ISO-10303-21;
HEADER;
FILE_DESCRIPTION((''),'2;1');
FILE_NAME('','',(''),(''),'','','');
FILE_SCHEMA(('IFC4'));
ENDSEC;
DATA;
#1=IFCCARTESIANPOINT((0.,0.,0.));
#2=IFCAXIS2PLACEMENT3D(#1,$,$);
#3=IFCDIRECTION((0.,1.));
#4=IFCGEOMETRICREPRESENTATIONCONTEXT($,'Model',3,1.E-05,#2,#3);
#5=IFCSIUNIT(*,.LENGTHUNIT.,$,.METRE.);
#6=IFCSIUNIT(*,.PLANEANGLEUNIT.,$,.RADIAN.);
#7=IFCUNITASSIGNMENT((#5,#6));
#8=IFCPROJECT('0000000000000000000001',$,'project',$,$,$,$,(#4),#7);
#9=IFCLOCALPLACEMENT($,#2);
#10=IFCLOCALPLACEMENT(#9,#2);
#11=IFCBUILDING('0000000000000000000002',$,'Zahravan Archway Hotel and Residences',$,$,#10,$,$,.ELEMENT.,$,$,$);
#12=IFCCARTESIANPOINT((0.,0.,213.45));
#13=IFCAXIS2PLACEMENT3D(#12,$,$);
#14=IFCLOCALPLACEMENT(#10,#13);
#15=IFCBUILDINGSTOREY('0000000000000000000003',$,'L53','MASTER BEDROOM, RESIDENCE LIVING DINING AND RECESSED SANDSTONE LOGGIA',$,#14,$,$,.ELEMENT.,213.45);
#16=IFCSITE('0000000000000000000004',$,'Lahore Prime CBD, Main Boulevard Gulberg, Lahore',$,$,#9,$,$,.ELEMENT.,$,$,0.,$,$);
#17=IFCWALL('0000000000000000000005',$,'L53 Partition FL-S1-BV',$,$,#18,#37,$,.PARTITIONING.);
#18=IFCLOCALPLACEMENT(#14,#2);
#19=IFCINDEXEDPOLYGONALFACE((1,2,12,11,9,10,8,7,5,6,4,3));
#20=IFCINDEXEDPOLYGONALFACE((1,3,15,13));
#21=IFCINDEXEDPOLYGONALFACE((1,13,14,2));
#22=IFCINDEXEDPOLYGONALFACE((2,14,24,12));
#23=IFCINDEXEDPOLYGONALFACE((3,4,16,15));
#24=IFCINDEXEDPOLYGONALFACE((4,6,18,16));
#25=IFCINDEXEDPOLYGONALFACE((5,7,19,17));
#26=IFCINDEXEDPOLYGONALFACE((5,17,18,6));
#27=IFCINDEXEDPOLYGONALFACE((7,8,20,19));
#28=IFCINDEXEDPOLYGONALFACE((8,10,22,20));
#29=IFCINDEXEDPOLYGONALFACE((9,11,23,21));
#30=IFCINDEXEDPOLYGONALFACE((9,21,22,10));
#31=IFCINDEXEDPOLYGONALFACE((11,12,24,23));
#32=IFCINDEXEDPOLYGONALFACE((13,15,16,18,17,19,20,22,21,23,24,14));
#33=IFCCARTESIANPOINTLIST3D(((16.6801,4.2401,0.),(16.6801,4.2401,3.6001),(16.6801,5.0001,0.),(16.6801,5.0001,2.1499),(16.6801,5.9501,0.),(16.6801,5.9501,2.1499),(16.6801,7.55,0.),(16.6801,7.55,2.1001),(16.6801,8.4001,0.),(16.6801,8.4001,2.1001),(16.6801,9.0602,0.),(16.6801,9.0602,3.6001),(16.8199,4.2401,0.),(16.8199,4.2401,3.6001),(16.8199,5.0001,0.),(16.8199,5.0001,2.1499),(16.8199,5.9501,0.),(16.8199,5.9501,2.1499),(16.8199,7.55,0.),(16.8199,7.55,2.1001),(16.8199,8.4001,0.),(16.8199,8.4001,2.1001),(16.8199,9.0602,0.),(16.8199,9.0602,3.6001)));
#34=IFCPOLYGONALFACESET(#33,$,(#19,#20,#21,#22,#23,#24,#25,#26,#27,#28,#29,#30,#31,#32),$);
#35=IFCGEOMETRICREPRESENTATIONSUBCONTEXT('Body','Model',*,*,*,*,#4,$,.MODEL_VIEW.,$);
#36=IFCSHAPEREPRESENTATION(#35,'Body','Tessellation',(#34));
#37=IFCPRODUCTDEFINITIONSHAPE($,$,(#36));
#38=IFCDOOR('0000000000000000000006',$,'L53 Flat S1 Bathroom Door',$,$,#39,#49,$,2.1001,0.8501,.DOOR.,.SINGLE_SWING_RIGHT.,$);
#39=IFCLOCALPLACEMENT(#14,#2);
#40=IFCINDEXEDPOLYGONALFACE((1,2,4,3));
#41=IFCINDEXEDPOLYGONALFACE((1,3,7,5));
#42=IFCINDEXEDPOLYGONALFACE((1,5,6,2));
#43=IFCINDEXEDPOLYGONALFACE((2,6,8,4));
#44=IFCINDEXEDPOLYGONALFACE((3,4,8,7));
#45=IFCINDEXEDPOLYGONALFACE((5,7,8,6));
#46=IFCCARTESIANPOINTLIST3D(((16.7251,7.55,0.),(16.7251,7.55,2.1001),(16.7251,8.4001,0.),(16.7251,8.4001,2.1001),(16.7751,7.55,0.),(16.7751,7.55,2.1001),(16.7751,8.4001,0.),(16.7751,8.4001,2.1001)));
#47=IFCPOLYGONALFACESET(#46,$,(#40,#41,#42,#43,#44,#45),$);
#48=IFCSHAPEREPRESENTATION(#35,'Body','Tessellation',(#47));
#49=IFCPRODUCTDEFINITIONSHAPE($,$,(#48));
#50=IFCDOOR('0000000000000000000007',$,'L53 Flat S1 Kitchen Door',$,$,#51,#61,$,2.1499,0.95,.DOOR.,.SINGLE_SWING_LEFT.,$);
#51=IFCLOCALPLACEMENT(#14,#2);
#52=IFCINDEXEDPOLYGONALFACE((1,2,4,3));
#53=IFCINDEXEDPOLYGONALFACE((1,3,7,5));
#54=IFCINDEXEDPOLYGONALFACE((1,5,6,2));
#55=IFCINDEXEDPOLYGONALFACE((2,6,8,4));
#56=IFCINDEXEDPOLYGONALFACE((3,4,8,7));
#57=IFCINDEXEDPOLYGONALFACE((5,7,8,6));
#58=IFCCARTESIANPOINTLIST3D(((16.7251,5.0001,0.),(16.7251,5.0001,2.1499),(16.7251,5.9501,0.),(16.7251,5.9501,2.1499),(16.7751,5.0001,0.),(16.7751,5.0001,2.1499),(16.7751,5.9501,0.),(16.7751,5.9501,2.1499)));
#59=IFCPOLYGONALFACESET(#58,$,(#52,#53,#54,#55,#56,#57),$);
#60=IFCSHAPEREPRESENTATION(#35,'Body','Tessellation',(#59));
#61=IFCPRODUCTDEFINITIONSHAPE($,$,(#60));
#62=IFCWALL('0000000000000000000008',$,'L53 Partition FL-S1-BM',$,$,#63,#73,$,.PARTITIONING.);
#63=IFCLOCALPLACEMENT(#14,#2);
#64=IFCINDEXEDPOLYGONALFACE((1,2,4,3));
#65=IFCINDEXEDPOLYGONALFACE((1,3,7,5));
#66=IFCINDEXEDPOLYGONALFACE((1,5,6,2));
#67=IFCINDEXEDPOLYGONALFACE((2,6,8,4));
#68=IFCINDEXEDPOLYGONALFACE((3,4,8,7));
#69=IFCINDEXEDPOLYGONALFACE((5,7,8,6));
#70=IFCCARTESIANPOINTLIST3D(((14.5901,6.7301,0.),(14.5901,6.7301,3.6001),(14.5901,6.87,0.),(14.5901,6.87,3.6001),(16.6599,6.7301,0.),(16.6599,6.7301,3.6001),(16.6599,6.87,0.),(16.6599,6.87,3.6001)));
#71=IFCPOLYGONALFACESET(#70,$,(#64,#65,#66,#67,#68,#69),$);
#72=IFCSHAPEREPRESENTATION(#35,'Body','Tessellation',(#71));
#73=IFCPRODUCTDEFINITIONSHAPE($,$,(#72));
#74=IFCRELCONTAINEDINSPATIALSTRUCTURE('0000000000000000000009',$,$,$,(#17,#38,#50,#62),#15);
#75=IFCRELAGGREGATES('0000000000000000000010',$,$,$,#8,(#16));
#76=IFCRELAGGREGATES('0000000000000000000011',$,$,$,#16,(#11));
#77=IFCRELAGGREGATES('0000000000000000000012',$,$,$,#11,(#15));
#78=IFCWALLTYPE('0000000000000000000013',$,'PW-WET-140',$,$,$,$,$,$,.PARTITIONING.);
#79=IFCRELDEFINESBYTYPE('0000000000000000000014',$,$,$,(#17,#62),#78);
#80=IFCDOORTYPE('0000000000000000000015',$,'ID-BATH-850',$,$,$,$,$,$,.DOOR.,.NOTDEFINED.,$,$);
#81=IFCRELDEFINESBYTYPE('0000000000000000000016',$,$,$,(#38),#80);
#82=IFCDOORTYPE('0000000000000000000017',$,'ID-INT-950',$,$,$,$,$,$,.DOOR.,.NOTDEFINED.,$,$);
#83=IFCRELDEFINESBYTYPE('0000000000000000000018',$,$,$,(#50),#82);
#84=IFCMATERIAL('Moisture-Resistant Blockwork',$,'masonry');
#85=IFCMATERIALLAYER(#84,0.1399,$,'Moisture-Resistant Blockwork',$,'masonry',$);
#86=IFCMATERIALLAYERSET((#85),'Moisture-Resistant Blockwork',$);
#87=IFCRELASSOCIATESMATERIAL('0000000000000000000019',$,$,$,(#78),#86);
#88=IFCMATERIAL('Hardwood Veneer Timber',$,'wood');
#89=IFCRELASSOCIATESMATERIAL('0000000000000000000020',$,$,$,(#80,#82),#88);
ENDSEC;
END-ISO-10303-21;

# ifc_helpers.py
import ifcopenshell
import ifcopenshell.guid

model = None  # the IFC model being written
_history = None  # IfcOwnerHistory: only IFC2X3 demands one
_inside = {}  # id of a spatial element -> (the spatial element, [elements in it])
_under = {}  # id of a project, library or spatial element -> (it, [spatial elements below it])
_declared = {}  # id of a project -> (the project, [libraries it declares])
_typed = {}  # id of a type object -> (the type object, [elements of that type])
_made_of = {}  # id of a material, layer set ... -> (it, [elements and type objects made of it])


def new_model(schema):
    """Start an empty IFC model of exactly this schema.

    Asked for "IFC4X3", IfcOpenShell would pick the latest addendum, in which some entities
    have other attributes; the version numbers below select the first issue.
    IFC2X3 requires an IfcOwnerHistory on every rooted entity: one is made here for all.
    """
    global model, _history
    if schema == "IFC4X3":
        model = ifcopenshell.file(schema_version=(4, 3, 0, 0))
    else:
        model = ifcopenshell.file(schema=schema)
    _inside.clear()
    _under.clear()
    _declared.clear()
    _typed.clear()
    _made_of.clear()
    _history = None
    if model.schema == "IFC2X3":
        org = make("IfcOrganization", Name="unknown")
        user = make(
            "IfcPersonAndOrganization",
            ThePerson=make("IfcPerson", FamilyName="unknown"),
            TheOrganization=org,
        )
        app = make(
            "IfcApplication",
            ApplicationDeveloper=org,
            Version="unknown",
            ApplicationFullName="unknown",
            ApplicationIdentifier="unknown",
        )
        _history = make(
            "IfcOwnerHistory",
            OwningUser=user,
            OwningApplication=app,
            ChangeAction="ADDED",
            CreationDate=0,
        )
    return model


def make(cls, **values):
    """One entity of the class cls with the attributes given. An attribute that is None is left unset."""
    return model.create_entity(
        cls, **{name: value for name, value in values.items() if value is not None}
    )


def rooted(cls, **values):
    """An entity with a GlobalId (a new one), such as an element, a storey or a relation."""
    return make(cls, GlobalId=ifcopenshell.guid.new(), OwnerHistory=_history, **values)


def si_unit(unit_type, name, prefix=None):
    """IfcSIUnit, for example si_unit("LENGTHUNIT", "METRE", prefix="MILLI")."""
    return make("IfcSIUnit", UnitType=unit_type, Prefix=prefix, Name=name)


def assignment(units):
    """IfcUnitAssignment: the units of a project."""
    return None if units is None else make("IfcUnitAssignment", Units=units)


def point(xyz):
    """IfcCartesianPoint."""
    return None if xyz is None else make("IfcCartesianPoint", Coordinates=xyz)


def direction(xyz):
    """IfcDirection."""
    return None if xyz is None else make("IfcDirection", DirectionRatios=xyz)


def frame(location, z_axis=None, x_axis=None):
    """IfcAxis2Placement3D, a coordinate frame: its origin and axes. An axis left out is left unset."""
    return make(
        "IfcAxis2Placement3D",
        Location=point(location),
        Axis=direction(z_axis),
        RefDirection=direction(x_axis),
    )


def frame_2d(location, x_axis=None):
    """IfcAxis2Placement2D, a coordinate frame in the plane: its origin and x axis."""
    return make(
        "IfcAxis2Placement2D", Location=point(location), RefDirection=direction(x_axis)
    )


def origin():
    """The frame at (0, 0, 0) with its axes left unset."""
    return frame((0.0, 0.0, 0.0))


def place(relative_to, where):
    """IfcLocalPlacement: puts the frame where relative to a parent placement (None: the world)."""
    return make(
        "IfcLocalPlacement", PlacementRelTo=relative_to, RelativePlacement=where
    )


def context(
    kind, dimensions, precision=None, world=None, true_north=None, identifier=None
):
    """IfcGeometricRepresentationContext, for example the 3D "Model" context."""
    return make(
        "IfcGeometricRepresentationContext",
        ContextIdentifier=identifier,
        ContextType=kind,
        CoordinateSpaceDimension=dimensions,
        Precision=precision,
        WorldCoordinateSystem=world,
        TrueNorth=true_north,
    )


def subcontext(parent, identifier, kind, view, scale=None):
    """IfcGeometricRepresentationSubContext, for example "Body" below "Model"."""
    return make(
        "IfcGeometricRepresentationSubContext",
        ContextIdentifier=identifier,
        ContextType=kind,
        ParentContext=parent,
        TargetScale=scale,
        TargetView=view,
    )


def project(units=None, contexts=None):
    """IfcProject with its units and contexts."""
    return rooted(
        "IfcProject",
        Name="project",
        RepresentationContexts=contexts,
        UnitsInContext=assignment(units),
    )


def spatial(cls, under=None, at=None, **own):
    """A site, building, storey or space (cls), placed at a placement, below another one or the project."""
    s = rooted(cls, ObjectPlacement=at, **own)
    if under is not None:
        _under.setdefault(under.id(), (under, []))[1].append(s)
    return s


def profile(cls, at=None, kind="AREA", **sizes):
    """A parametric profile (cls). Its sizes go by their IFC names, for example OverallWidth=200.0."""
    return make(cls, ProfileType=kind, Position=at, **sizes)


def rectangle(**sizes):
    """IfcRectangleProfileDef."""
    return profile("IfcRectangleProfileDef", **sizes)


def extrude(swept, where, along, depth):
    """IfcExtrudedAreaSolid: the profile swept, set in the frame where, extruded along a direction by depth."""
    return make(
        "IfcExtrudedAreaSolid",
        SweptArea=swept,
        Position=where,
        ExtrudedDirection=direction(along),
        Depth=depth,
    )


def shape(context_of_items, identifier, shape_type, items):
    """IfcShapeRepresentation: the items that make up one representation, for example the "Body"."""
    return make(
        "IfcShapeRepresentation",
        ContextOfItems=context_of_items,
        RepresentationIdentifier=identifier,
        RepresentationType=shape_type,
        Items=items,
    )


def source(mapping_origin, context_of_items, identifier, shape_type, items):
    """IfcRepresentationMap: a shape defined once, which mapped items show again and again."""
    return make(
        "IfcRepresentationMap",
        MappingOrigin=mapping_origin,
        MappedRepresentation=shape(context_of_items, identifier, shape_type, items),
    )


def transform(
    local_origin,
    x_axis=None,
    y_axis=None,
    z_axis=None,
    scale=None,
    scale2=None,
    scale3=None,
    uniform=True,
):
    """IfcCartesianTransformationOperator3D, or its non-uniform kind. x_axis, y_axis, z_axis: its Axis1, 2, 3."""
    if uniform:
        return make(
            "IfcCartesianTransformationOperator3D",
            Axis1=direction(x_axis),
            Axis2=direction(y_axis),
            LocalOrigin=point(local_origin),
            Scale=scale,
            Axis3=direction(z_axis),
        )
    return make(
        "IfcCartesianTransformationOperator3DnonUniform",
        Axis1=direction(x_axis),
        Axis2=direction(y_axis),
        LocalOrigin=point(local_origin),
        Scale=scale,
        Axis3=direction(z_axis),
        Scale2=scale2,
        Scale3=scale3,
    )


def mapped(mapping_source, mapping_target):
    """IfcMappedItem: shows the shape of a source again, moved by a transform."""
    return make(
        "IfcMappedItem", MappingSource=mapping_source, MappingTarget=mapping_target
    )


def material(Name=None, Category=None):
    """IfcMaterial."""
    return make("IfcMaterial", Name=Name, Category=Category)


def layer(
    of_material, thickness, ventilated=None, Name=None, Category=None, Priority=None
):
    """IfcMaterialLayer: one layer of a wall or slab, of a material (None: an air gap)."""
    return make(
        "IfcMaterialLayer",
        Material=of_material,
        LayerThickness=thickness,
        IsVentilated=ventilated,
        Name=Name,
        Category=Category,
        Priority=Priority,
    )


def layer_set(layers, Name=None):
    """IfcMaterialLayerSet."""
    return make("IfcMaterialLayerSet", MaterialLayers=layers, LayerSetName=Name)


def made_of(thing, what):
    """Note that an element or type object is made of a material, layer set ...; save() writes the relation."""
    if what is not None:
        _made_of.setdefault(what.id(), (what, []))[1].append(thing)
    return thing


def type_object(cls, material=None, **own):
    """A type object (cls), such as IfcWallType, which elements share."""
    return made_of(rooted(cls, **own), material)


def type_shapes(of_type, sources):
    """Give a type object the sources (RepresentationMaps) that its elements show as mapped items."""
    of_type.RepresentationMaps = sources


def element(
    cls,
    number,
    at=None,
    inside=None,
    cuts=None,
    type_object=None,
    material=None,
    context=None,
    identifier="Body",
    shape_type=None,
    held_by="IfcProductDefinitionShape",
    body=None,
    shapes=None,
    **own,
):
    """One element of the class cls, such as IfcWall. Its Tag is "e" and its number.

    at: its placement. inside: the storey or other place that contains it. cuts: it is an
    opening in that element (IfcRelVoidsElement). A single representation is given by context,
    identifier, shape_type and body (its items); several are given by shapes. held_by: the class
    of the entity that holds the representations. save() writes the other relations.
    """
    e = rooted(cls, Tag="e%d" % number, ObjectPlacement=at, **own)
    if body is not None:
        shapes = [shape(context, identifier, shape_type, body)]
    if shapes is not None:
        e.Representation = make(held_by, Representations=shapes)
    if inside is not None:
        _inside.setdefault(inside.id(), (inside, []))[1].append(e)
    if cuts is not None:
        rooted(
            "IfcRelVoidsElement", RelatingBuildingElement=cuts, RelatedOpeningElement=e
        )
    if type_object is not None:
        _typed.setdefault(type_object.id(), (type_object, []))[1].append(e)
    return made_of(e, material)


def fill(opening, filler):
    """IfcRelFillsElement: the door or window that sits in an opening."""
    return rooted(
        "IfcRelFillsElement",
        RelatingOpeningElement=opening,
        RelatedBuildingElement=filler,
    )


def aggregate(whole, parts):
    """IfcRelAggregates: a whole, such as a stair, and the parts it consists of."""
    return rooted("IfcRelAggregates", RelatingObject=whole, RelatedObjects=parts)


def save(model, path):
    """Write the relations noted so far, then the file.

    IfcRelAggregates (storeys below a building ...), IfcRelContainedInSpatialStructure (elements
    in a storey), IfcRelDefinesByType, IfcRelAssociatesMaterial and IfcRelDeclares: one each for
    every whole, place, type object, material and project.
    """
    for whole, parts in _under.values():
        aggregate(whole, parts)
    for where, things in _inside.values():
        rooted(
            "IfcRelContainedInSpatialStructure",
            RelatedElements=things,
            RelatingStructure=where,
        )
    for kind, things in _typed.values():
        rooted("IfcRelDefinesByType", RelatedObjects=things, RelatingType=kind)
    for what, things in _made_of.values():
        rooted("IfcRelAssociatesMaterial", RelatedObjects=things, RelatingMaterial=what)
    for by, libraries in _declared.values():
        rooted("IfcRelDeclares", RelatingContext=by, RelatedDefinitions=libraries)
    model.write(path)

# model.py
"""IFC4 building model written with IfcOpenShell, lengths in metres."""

from ifc_helpers import new_model, si_unit, direction, frame, frame_2d, origin, place, context, subcontext, project, spatial, rectangle, extrude, source, transform, mapped, material, layer, layer_set, type_object, type_shapes, element, fill, save


model = new_model("IFC4")

# Units and contexts
model_context = context("Model", 3, precision=1e-05, world=origin(), true_north=direction((0.0, 1.0)))
body_context = subcontext(model_context, "Body", "Model", "MODEL_VIEW")
ifc_project = project(units=[si_unit("LENGTHUNIT", "METRE"), si_unit("PLANEANGLEUNIT", "RADIAN")], contexts=[model_context])

# Site, building, storey
site_placement = place(None, origin())
site = spatial("IfcSite", under=ifc_project, at=site_placement, Name="Lahore Prime CBD, Main Boulevard Gulberg, Lahore", CompositionType="ELEMENT", RefElevation=0.0)
building_placement = place(site_placement, origin())
building = spatial("IfcBuilding", under=site, at=building_placement, Name="Zahravan Archway Hotel and Residences", CompositionType="ELEMENT")
storey_placement = place(building_placement, frame((0.0, 0.0, 213.45)))
storey = spatial("IfcBuildingStorey", under=building, at=storey_placement, Name="L53", Description="MASTER BEDROOM, RESIDENCE LIVING DINING AND RECESSED SANDSTONE LOGGIA", CompositionType="ELEMENT", Elevation=213.45)

# Shared definitions
ifc_material_1 = material(Name="Hardwood Veneer Timber", Category="wood")

# Wall, openings, doors
ifc_material_2 = material(Name="Moisture-Resistant Blockwork", Category="masonry")
ifc_layer_1 = layer(ifc_material_2, 0.1399, Name="Moisture-Resistant Blockwork", Category="masonry")
ifc_layer_set_1 = layer_set([ifc_layer_1], Name="Moisture-Resistant Blockwork")
wall_type_1 = type_object("IfcWallType", Name="PW-WET-140", PredefinedType="PARTITIONING", material=ifc_layer_set_1)
wall_1_placement = place(storey_placement, frame((16.75, 4.24, 0.0), z_axis=(0.0, 0.0, 1.0), x_axis=(0.0, 1.0, 0.0)))
wall_1 = element("IfcWall", 1, at=wall_1_placement, inside=storey, type_object=wall_type_1, Name="L53 Partition FL-S1-BV", PredefinedType="PARTITIONING", context=body_context, shape_type="SweptSolid", body=[
    extrude(rectangle(XDim=4.8201, YDim=0.1399, at=frame_2d((2.4102, 0.0))), origin(), (0.0, 0.0, 1.0), 3.6001),
])
opening_1_placement = place(wall_1_placement, frame((0.76, 0.0, 0.0)))
opening_1 = element("IfcOpeningElement", 2, at=opening_1_placement, cuts=wall_1, PredefinedType="OPENING", context=body_context, shape_type="SweptSolid", body=[
    extrude(rectangle(XDim=0.95, YDim=2.1499, at=frame_2d((0.4751, 1.075))), frame((0.0, 0.0801, 0.0), z_axis=(0.0, -1.0, 0.0), x_axis=(1.0, 0.0, 0.0)), (0.0, 0.0, 1.0), 0.1599),
])
opening_2_placement = place(wall_1_placement, frame((3.3101, 0.0, 0.0)))
opening_2 = element("IfcOpeningElement", 3, at=opening_2_placement, cuts=wall_1, PredefinedType="OPENING", context=body_context, shape_type="SweptSolid", body=[
    extrude(rectangle(XDim=0.8501, YDim=2.1001, at=frame_2d((0.425, 1.05))), frame((0.0, 0.0801, 0.0), z_axis=(0.0, -1.0, 0.0), x_axis=(1.0, 0.0, 0.0)), (0.0, 0.0, 1.0), 0.1599),
])
door_type_1 = type_object("IfcDoorType", Name="ID-BATH-850", OperationType="NOTDEFINED", PredefinedType="DOOR", material=ifc_material_1)
shared_shape_1 = source(origin(), body_context, "Body", "SweptSolid", [
    extrude(rectangle(XDim=0.8501, YDim=2.1001, at=frame_2d((0.425, 1.05))), frame((0.0, 0.0249, 0.0), z_axis=(0.0, -1.0, 0.0), x_axis=(1.0, 0.0, 0.0)), (0.0, 0.0, 1.0), 0.05),
])
type_shapes(door_type_1, [shared_shape_1])
door_1_placement = place(opening_2_placement, origin())
door_1 = element("IfcDoor", 4, at=door_1_placement, inside=storey, type_object=door_type_1, Name="L53 Flat S1 Bathroom Door", OperationType="SINGLE_SWING_RIGHT", OverallHeight=2.1001, OverallWidth=0.8501, PredefinedType="DOOR", context=body_context, shape_type="MappedRepresentation", body=[
    mapped(shared_shape_1, transform((0.0, 0.0, 0.0), scale=1.0)),
])
fill(opening_2, door_1)
door_type_2 = type_object("IfcDoorType", Name="ID-INT-950", OperationType="NOTDEFINED", PredefinedType="DOOR", material=ifc_material_1)
shared_shape_2 = source(origin(), body_context, "Body", "SweptSolid", [
    extrude(rectangle(XDim=0.95, YDim=2.1499, at=frame_2d((0.4751, 1.075))), frame((0.0, 0.0249, 0.0), z_axis=(0.0, -1.0, 0.0), x_axis=(1.0, 0.0, 0.0)), (0.0, 0.0, 1.0), 0.05),
])
type_shapes(door_type_2, [shared_shape_2])
door_2_placement = place(opening_1_placement, origin())
door_2 = element("IfcDoor", 5, at=door_2_placement, inside=storey, type_object=door_type_2, Name="L53 Flat S1 Kitchen Door", OperationType="SINGLE_SWING_LEFT", OverallHeight=2.1499, OverallWidth=0.95, PredefinedType="DOOR", context=body_context, shape_type="MappedRepresentation", body=[
    mapped(shared_shape_2, transform((0.0, 0.0, 0.0), scale=1.0)),
])
fill(opening_1, door_2)

# Wall
wall_2_placement = place(storey_placement, frame((14.5901, 6.8, 0.0), z_axis=(0.0, 0.0, 1.0), x_axis=(1.0, 0.0, 0.0)))
element("IfcWall", 6, at=wall_2_placement, inside=storey, type_object=wall_type_1, Name="L53 Partition FL-S1-BM", PredefinedType="PARTITIONING", context=body_context, shape_type="SweptSolid", body=[
    extrude(rectangle(XDim=2.0698, YDim=0.1399, at=frame_2d((1.0349, 0.0))), origin(), (0.0, 0.0, 1.0), 3.6001),
])

save(model, "model.ifc")
